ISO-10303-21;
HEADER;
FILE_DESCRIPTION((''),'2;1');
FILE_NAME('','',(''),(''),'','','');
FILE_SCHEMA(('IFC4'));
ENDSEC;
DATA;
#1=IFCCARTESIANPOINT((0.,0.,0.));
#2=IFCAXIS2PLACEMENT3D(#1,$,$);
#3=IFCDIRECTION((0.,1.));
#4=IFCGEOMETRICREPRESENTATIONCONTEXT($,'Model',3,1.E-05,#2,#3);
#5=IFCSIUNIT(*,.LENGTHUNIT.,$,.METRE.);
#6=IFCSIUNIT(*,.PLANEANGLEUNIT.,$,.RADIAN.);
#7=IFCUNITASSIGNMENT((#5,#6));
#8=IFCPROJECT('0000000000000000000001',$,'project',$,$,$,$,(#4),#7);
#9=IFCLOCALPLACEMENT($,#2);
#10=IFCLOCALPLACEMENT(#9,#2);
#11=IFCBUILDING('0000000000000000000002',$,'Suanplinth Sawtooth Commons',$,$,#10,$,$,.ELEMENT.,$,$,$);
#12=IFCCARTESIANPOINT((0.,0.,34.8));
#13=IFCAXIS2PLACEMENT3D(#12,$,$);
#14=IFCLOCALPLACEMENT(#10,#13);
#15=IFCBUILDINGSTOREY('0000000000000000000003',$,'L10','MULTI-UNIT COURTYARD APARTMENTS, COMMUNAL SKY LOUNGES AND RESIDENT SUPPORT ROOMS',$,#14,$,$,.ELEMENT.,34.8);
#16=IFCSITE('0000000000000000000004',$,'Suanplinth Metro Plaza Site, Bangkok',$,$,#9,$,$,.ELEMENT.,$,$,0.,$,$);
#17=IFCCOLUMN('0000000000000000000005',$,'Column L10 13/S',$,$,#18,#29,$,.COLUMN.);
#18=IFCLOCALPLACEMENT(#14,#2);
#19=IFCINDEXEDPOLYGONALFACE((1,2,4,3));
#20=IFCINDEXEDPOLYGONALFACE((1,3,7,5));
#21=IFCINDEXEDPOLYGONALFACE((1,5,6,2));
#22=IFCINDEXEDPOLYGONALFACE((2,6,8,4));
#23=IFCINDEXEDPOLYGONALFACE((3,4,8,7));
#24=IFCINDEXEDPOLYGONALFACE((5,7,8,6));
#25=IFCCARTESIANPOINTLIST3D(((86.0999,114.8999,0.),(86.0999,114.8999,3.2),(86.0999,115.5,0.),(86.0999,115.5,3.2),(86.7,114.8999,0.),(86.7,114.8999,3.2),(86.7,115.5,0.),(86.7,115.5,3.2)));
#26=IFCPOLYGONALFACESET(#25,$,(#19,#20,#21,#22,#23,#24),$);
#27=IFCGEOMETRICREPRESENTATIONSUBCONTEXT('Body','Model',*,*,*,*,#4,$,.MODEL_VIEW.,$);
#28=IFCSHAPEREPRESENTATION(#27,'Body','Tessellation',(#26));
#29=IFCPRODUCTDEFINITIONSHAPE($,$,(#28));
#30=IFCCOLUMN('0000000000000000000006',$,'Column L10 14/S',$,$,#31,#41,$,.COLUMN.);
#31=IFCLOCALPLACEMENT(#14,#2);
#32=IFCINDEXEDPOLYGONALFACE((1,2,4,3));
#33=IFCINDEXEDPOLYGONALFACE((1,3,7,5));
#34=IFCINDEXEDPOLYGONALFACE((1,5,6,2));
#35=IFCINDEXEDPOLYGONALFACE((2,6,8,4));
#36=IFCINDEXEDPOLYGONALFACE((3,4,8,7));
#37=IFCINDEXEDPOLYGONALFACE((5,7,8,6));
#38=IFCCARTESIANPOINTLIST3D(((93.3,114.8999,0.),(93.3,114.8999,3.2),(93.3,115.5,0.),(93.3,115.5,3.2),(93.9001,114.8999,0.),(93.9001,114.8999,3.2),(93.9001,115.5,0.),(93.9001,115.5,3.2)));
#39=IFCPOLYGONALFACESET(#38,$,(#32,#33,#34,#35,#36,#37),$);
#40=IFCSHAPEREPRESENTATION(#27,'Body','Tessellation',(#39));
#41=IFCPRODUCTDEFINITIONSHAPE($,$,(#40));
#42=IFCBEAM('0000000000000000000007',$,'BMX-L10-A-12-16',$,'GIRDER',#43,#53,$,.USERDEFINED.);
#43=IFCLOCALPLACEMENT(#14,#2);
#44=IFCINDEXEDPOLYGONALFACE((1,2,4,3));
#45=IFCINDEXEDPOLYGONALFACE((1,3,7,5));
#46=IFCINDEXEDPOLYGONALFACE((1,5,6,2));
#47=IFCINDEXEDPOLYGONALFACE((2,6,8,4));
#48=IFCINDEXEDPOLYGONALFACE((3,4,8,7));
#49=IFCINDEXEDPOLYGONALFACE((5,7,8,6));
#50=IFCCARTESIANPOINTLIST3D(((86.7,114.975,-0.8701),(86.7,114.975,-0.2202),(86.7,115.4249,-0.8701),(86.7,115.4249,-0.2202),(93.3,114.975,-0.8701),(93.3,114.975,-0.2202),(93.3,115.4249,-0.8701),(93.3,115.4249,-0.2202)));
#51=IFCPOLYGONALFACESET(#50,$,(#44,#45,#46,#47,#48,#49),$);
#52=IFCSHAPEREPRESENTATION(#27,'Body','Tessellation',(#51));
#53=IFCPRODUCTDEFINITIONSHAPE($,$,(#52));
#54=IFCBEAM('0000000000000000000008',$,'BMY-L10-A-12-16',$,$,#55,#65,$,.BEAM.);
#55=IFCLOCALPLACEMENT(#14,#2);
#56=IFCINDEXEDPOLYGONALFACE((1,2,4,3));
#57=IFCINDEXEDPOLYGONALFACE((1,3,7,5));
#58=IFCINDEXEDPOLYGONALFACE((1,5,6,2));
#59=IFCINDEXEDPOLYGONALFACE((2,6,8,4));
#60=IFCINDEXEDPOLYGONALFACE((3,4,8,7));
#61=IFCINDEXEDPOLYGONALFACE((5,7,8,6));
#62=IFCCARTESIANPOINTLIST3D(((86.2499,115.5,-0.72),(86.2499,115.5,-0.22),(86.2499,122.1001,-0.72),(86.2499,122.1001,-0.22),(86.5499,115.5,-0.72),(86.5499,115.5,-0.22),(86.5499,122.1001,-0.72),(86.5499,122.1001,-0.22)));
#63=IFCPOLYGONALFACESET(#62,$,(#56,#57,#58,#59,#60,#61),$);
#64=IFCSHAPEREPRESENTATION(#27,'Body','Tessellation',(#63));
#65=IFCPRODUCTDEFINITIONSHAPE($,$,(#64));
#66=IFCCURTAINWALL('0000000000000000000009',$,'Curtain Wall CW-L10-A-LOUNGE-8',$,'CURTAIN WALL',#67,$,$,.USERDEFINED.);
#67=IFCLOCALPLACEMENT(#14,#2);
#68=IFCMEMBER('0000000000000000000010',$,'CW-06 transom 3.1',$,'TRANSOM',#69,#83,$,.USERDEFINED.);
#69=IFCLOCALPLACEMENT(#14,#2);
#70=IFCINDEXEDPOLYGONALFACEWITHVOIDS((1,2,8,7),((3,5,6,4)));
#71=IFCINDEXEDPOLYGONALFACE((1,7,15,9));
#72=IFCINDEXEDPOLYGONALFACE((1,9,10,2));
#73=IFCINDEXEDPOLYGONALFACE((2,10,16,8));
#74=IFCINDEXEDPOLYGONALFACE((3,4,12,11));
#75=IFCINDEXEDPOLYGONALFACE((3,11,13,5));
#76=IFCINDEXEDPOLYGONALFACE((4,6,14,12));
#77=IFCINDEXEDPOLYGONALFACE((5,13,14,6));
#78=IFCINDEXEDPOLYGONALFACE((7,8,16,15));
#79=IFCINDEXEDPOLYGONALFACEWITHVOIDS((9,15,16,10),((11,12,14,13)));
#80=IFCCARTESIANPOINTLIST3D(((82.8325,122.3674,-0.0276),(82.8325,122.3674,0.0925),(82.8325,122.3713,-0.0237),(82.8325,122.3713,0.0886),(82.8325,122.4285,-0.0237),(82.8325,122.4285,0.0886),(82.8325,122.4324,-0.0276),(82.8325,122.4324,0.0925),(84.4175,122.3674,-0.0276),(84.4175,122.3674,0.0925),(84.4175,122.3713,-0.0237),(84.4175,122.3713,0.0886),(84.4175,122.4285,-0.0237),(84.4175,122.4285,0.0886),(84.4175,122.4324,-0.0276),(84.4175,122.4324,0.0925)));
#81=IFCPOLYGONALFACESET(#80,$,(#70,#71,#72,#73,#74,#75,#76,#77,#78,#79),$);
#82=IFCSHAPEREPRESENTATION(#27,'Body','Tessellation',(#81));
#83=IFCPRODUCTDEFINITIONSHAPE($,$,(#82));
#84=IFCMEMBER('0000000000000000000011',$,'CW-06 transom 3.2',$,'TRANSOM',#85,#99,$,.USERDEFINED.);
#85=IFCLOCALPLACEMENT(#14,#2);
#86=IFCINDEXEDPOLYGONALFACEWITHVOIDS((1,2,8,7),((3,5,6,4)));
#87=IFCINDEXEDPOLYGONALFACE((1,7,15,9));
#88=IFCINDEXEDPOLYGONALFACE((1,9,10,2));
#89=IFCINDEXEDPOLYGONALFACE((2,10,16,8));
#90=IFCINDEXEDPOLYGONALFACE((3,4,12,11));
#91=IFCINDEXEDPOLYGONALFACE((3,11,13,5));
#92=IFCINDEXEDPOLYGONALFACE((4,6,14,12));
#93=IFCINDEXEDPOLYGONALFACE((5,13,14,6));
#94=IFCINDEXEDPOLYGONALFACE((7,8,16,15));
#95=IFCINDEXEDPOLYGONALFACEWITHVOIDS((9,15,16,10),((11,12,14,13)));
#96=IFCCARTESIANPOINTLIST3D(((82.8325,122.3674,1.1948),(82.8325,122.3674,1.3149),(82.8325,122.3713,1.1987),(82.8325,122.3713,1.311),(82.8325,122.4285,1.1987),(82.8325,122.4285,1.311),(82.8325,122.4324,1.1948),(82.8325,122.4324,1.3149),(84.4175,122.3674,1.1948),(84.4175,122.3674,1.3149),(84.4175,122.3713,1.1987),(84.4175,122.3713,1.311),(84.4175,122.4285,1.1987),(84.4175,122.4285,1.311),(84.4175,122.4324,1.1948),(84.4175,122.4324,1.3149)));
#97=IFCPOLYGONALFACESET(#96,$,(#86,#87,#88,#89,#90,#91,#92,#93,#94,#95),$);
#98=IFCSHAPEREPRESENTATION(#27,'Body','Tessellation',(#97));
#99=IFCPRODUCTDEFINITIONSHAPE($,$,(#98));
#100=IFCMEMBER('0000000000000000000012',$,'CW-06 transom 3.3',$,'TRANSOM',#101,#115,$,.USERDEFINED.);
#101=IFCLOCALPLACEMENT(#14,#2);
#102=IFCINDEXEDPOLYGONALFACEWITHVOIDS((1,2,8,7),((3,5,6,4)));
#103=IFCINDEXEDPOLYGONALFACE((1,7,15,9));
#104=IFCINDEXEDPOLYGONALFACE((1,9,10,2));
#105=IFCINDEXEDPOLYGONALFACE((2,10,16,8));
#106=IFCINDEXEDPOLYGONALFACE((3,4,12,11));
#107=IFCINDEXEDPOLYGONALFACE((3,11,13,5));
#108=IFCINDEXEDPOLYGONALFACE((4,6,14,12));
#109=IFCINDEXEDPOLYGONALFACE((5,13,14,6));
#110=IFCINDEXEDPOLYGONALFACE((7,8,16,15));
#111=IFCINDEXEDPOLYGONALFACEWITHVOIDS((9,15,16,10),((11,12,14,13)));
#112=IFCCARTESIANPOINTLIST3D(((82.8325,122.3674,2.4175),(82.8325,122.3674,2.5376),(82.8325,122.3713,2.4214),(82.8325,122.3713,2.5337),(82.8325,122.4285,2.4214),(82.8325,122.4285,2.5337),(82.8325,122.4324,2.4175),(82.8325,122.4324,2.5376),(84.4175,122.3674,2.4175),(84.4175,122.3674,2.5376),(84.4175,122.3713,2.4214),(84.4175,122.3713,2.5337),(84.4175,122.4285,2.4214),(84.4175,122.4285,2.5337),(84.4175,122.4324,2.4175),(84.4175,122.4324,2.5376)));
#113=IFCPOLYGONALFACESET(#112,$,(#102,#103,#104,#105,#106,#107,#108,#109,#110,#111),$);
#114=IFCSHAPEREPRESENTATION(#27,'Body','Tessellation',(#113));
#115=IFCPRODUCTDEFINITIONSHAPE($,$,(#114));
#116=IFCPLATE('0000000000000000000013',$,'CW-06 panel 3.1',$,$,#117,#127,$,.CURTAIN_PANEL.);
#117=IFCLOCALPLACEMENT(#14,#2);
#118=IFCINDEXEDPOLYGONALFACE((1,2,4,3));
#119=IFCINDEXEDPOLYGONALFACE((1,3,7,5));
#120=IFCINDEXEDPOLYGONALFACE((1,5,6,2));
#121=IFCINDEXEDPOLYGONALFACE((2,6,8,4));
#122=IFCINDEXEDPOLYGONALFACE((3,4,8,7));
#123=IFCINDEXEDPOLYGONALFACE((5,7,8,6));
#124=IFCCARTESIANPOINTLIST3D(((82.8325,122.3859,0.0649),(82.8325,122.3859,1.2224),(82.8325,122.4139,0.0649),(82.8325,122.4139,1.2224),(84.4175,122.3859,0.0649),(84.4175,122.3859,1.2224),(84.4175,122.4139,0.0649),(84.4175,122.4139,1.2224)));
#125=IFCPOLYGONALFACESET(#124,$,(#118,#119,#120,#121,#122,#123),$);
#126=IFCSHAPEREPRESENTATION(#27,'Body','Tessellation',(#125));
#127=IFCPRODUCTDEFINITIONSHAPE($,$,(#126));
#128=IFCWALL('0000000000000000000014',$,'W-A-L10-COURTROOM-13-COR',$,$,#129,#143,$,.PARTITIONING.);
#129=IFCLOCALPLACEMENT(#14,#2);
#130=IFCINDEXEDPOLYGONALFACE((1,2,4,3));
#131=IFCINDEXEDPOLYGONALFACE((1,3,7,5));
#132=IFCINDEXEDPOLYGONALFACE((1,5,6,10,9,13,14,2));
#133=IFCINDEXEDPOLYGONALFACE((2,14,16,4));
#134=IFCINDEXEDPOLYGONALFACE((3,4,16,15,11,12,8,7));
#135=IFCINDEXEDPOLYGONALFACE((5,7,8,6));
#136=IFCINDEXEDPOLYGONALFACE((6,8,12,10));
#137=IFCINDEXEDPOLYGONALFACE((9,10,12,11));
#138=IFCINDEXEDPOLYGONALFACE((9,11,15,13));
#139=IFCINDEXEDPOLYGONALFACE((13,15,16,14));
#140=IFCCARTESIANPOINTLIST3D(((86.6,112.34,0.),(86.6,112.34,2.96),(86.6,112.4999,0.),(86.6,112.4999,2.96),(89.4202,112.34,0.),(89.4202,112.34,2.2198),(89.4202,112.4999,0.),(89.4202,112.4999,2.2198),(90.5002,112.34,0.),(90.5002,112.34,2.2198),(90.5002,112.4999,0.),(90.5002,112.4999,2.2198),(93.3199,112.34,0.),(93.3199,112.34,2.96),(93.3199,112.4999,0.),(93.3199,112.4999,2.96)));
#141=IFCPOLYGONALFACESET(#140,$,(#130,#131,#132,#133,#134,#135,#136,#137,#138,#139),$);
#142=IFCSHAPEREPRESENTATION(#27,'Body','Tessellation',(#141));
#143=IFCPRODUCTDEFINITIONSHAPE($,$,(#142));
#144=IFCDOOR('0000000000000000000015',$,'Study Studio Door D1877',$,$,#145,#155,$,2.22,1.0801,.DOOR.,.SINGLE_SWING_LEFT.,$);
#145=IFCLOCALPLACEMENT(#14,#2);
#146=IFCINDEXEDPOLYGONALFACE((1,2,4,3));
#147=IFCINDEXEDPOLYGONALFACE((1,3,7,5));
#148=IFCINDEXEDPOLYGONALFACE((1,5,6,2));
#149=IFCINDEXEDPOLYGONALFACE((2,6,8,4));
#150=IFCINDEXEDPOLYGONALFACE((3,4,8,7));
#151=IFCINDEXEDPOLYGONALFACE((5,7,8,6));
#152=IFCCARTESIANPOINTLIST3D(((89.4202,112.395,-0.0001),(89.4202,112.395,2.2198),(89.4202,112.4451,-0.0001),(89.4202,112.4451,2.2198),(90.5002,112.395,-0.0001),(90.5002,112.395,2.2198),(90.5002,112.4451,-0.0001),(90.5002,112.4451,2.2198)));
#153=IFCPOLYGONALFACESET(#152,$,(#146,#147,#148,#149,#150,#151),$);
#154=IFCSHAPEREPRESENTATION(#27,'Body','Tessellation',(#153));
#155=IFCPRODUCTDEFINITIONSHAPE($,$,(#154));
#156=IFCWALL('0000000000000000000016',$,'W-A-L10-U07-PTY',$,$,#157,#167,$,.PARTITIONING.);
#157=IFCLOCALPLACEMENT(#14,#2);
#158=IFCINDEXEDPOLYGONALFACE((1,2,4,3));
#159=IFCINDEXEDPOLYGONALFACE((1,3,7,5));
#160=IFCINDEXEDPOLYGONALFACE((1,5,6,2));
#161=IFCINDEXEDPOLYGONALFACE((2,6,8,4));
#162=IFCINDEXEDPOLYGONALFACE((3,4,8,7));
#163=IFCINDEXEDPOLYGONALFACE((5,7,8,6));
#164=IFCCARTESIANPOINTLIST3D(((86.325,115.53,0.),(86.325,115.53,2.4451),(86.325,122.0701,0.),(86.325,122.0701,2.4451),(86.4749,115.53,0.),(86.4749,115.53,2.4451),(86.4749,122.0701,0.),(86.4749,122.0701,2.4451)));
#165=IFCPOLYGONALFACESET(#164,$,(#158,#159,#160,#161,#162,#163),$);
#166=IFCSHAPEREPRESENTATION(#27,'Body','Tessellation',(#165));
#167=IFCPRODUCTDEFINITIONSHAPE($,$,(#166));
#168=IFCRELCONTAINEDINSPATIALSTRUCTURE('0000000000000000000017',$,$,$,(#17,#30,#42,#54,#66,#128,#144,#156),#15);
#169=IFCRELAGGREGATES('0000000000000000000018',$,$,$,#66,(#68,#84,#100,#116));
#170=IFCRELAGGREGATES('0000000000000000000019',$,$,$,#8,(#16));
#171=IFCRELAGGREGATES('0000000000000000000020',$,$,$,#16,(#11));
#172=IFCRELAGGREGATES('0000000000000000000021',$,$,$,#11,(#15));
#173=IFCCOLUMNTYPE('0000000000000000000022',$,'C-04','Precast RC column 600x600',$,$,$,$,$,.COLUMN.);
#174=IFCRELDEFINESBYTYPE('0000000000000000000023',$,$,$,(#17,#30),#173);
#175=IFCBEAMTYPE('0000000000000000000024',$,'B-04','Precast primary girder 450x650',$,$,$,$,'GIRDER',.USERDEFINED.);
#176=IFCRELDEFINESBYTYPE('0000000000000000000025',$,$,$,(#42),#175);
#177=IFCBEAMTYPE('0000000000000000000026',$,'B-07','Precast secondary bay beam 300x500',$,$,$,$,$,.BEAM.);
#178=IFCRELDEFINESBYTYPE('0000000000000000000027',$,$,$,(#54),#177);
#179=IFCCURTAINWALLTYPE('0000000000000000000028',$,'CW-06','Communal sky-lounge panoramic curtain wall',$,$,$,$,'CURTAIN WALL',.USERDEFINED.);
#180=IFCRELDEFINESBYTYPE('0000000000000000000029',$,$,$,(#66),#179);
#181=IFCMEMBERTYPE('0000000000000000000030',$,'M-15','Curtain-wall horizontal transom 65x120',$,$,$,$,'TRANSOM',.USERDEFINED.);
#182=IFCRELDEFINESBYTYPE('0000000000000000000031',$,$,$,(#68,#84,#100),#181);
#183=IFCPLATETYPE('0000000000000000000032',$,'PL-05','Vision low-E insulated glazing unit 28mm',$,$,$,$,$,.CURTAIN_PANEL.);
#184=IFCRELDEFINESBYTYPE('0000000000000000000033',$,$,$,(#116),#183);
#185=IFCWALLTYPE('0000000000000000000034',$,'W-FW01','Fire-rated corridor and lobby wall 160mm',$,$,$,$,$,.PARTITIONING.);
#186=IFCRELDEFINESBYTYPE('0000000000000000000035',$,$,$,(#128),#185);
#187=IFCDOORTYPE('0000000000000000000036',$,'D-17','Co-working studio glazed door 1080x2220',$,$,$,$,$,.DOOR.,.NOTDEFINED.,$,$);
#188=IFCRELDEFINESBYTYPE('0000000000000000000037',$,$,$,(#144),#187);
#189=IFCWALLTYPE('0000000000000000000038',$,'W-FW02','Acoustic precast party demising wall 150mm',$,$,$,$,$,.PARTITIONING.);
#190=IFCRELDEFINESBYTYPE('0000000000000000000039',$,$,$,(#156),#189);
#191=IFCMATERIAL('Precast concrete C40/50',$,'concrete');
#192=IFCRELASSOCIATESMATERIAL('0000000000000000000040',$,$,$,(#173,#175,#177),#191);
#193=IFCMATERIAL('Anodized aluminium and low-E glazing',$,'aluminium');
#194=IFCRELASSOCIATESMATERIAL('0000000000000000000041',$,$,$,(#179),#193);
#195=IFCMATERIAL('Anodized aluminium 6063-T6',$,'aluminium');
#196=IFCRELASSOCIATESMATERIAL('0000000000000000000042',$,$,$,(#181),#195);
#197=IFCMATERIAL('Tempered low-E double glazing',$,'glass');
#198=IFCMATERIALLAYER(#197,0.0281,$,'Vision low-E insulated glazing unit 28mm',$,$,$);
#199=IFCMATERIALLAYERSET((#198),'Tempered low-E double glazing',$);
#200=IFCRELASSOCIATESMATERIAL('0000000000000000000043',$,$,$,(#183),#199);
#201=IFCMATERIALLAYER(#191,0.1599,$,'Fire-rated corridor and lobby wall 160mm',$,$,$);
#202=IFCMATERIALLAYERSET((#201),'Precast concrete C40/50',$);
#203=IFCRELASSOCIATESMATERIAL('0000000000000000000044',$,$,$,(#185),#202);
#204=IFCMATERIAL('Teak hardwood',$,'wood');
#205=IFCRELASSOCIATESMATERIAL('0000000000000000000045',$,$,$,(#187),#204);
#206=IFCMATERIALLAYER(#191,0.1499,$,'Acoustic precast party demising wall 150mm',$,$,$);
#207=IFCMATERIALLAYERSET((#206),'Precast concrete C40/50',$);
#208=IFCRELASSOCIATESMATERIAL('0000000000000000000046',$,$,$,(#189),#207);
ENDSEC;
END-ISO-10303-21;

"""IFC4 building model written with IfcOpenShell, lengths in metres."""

from ifc_helpers import new_model, si_unit, direction, frame, frame_2d, origin, origin_2d, place, context, subcontext, project, spatial, rectangle, hollow_rectangle, extrude, material, layer, layer_set, material_profile, profile_set, type_object, element, fill, aggregate, save


model = new_model("IFC4")

# Units and contexts
model_context = context("Model", 3, precision=1e-05, world=origin(), true_north=direction((0.0, 1.0)))
body_context = subcontext(model_context, "Body", "Model", "MODEL_VIEW")
ifc_project = project(units=[si_unit("LENGTHUNIT", "METRE"), si_unit("PLANEANGLEUNIT", "RADIAN")], contexts=[model_context])

# Site, building, storey
site_placement = place(None, origin())
site = spatial("IfcSite", under=ifc_project, at=site_placement, Name="Suanplinth Metro Plaza Site, Bangkok", CompositionType="ELEMENT", RefElevation=0.0)
building_placement = place(site_placement, origin())
building = spatial("IfcBuilding", under=site, at=building_placement, Name="Suanplinth Sawtooth Commons", CompositionType="ELEMENT")
storey_placement = place(building_placement, frame((0.0, 0.0, 34.8)))
storey = spatial("IfcBuildingStorey", under=building, at=storey_placement, Name="L10", Description="MULTI-UNIT COURTYARD APARTMENTS, COMMUNAL SKY LOUNGES AND RESIDENT SUPPORT ROOMS", CompositionType="ELEMENT", Elevation=34.8)

# Columns
ifc_material_1 = material(Name="Precast concrete C40/50", Category="concrete")
ifc_material_profile_1 = material_profile(ifc_material_1, rectangle(XDim=0.6001, YDim=0.6001, at=origin_2d()), Name="PC-COL 600x600")
ifc_profile_set_1 = profile_set([ifc_material_profile_1], Name="Precast concrete C40/50")
column_type = type_object("IfcColumnType", Name="C-04", Description="Precast RC column 600x600", PredefinedType="COLUMN", material=ifc_profile_set_1)
for number, where, z_axis, x_axis, name in (
    (1, (86.3999, 115.2, 0.0), (0.0, 0.0, 1.0), (1.0, 0.0, 0.0), "Column L10 13/S"),
    (2, (93.6001, 115.2, 0.0), (0.0, 0.0, 1.0), (1.0, 0.0, 0.0), "Column L10 14/S"),
):
    element("IfcColumn", number, at=place(storey_placement, frame(where, z_axis=z_axis, x_axis=x_axis)), inside=storey, type_object=column_type, Name=name, PredefinedType="COLUMN", context=body_context, shape_type="SweptSolid", body=[
        extrude(rectangle(XDim=0.6001, YDim=0.6001, at=origin_2d()), origin(), (0.0, 0.0, 1.0), 3.2),
    ])

# Beams
ifc_material_profile_2 = material_profile(ifc_material_1, rectangle(XDim=0.45, YDim=0.6499, at=origin_2d()), Name="PC-GDR 450x650")
ifc_profile_set_2 = profile_set([ifc_material_profile_2], Name="Precast concrete C40/50")
beam_type_1 = type_object("IfcBeamType", Name="B-04", Description="Precast primary girder 450x650", ElementType="GIRDER", PredefinedType="USERDEFINED", material=ifc_profile_set_2)
beam_1_placement = place(storey_placement, frame((86.7, 115.2, -0.5452), z_axis=(1.0, 0.0, 0.0), x_axis=(0.0, 1.0, 0.0)))
element("IfcBeam", 3, at=beam_1_placement, inside=storey, type_object=beam_type_1, Name="BMX-L10-A-12-16", ObjectType="GIRDER", PredefinedType="USERDEFINED", context=body_context, shape_type="SweptSolid", body=[
    extrude(rectangle(XDim=0.45, YDim=0.6499, at=origin_2d()), origin(), (0.0, 0.0, 1.0), 6.6001),
])
ifc_material_profile_3 = material_profile(ifc_material_1, rectangle(XDim=0.3, YDim=0.5, at=origin_2d()), Name="PC-BM 300x500")
ifc_profile_set_3 = profile_set([ifc_material_profile_3], Name="Precast concrete C40/50")
beam_type_2 = type_object("IfcBeamType", Name="B-07", Description="Precast secondary bay beam 300x500", PredefinedType="BEAM", material=ifc_profile_set_3)
beam_2_placement = place(storey_placement, frame((86.3999, 115.5, -0.47), z_axis=(0.0, 1.0, 0.0), x_axis=(-1.0, 0.0, 0.0)))
element("IfcBeam", 4, at=beam_2_placement, inside=storey, type_object=beam_type_2, Name="BMY-L10-A-12-16", PredefinedType="BEAM", context=body_context, shape_type="SweptSolid", body=[
    extrude(rectangle(XDim=0.3, YDim=0.5, at=origin_2d()), origin(), (0.0, 0.0, 1.0), 6.6001),
])

# Curtain wall, members, plate
ifc_material_2 = material(Name="Anodized aluminium and low-E glazing", Category="aluminium")
curtain_wall_type = type_object("IfcCurtainWallType", Name="CW-06", Description="Communal sky-lounge panoramic curtain wall", ElementType="CURTAIN WALL", PredefinedType="USERDEFINED", material=ifc_material_2)
curtain_wall_placement = place(storey_placement, origin())
curtain_wall = element("IfcCurtainWall", 5, at=curtain_wall_placement, inside=storey, type_object=curtain_wall_type, Name="Curtain Wall CW-L10-A-LOUNGE-8", ObjectType="CURTAIN WALL", PredefinedType="USERDEFINED")
ifc_material_3 = material(Name="Anodized aluminium 6063-T6", Category="aluminium")
ifc_material_profile_4 = material_profile(ifc_material_3, hollow_rectangle(XDim=0.0649, YDim=0.1201, WallThickness=0.0039, at=origin_2d()), Name="ALU-TRN 65x120")
ifc_profile_set_4 = profile_set([ifc_material_profile_4], Name="Anodized aluminium 6063-T6")
member_type = type_object("IfcMemberType", Name="M-15", Description="Curtain-wall horizontal transom 65x120", ElementType="TRANSOM", PredefinedType="USERDEFINED", material=ifc_profile_set_4)
member_1_placement = place(storey_placement, frame((82.8325, 122.3999, 0.0325), z_axis=(1.0, 0.0, 0.0), x_axis=(0.0, 1.0, 0.0)))
member_1 = element("IfcMember", 6, at=member_1_placement, type_object=member_type, Name="CW-06 transom 3.1", ObjectType="TRANSOM", PredefinedType="USERDEFINED", context=body_context, shape_type="SweptSolid", body=[
    extrude(hollow_rectangle(XDim=0.0649, YDim=0.1201, WallThickness=0.0039, at=origin_2d()), origin(), (0.0, 0.0, 1.0), 1.585),
])
member_2_placement = place(storey_placement, frame((82.8325, 122.3999, 1.2549), z_axis=(1.0, 0.0, 0.0), x_axis=(0.0, 1.0, 0.0)))
member_2 = element("IfcMember", 7, at=member_2_placement, type_object=member_type, Name="CW-06 transom 3.2", ObjectType="TRANSOM", PredefinedType="USERDEFINED", context=body_context, shape_type="SweptSolid", body=[
    extrude(hollow_rectangle(XDim=0.0649, YDim=0.1201, WallThickness=0.0039, at=origin_2d()), origin(), (0.0, 0.0, 1.0), 1.585),
])
member_3_placement = place(storey_placement, frame((82.8325, 122.3999, 2.4775), z_axis=(1.0, 0.0, 0.0), x_axis=(0.0, 1.0, 0.0)))
member_3 = element("IfcMember", 8, at=member_3_placement, type_object=member_type, Name="CW-06 transom 3.3", ObjectType="TRANSOM", PredefinedType="USERDEFINED", context=body_context, shape_type="SweptSolid", body=[
    extrude(hollow_rectangle(XDim=0.0649, YDim=0.1201, WallThickness=0.0039, at=origin_2d()), origin(), (0.0, 0.0, 1.0), 1.585),
])
ifc_material_4 = material(Name="Tempered low-E double glazing", Category="glass")
ifc_layer_1 = layer(ifc_material_4, 0.0281, Name="Vision low-E insulated glazing unit 28mm")
ifc_layer_set_1 = layer_set([ifc_layer_1], Name="Tempered low-E double glazing")
plate_type = type_object("IfcPlateType", Name="PL-05", Description="Vision low-E insulated glazing unit 28mm", PredefinedType="CURTAIN_PANEL", material=ifc_layer_set_1)
plate_placement = place(storey_placement, frame((83.625, 122.3999, 0.0649), z_axis=(0.0, 0.0, 1.0), x_axis=(1.0, 0.0, 0.0)))
plate = element("IfcPlate", 9, at=plate_placement, type_object=plate_type, Name="CW-06 panel 3.1", PredefinedType="CURTAIN_PANEL", context=body_context, shape_type="SweptSolid", body=[
    extrude(rectangle(XDim=1.585, YDim=0.0281, at=origin_2d()), origin(), (0.0, 0.0, 1.0), 1.1575),
])
aggregate(curtain_wall, [member_1, member_2, member_3, plate])

# Wall, opening, door
ifc_layer_2 = layer(ifc_material_1, 0.1599, Name="Fire-rated corridor and lobby wall 160mm")
ifc_layer_set_2 = layer_set([ifc_layer_2], Name="Precast concrete C40/50")
wall_type_1 = type_object("IfcWallType", Name="W-FW01", Description="Fire-rated corridor and lobby wall 160mm", PredefinedType="PARTITIONING", material=ifc_layer_set_2)
wall_1_placement = place(storey_placement, frame((86.6001, 112.4199, 0.0), z_axis=(0.0, 0.0, 1.0), x_axis=(1.0, 0.0, 0.0)))
wall_1 = element("IfcWall", 10, at=wall_1_placement, inside=storey, type_object=wall_type_1, Name="W-A-L10-COURTROOM-13-COR", PredefinedType="PARTITIONING", context=body_context, shape_type="SweptSolid", body=[
    extrude(rectangle(XDim=6.72, YDim=0.1599, at=frame_2d((3.3599, 0.0))), origin(), (0.0, 0.0, 1.0), 2.96),
])
opening_1_placement = place(wall_1_placement, frame((2.8201, 0.0, 0.0)))
opening_1 = element("IfcOpeningElement", 11, at=opening_1_placement, cuts=wall_1, PredefinedType="OPENING", context=body_context, shape_type="SweptSolid", body=[
    extrude(rectangle(XDim=1.0801, YDim=2.22, at=frame_2d((0.54, 1.1099))), frame((0.0, 0.0947, 0.0), z_axis=(0.0, -1.0, 0.0), x_axis=(1.0, 0.0, 0.0)), (0.0, 0.0, 1.0), 0.1897),
])
ifc_material_5 = material(Name="Teak hardwood", Category="wood")
door_type_1 = type_object("IfcDoorType", Name="D-17", Description="Co-working studio glazed door 1080x2220", OperationType="NOTDEFINED", PredefinedType="DOOR", material=ifc_material_5)
door_1_placement = place(opening_1_placement, frame((1.0801, 0.0, 0.0), z_axis=(0.0, 0.0, 1.0), x_axis=(-1.0, 0.0, 0.0)))
door_1 = element("IfcDoor", 12, at=door_1_placement, inside=storey, type_object=door_type_1, Name="Study Studio Door D1877", OperationType="SINGLE_SWING_LEFT", OverallHeight=2.22, OverallWidth=1.0801, PredefinedType="DOOR", context=body_context, shape_type="SweptSolid", body=[
    extrude(rectangle(XDim=1.0801, YDim=2.22, at=frame_2d((0.54, 1.1099))), frame((0.0, 0.0249, 0.0), z_axis=(0.0, -1.0, 0.0), x_axis=(1.0, 0.0, 0.0)), (0.0, 0.0, 1.0), 0.05),
])
fill(opening_1, door_1)

# Wall
ifc_layer_3 = layer(ifc_material_1, 0.1499, Name="Acoustic precast party demising wall 150mm")
ifc_layer_set_3 = layer_set([ifc_layer_3], Name="Precast concrete C40/50")
wall_type_2 = type_object("IfcWallType", Name="W-FW02", Description="Acoustic precast party demising wall 150mm", PredefinedType="PARTITIONING", material=ifc_layer_set_3)
wall_2_placement = place(storey_placement, frame((86.3999, 115.53, 0.0), z_axis=(0.0, 0.0, 1.0), x_axis=(0.0, 1.0, 0.0)))
element("IfcWall", 13, at=wall_2_placement, inside=storey, type_object=wall_type_2, Name="W-A-L10-U07-PTY", PredefinedType="PARTITIONING", context=body_context, shape_type="SweptSolid", body=[
    extrude(rectangle(XDim=6.54, YDim=0.1499, at=frame_2d((3.27, 0.0))), origin(), (0.0, 0.0, 1.0), 2.4451),
])

save(model, "model.ifc")
